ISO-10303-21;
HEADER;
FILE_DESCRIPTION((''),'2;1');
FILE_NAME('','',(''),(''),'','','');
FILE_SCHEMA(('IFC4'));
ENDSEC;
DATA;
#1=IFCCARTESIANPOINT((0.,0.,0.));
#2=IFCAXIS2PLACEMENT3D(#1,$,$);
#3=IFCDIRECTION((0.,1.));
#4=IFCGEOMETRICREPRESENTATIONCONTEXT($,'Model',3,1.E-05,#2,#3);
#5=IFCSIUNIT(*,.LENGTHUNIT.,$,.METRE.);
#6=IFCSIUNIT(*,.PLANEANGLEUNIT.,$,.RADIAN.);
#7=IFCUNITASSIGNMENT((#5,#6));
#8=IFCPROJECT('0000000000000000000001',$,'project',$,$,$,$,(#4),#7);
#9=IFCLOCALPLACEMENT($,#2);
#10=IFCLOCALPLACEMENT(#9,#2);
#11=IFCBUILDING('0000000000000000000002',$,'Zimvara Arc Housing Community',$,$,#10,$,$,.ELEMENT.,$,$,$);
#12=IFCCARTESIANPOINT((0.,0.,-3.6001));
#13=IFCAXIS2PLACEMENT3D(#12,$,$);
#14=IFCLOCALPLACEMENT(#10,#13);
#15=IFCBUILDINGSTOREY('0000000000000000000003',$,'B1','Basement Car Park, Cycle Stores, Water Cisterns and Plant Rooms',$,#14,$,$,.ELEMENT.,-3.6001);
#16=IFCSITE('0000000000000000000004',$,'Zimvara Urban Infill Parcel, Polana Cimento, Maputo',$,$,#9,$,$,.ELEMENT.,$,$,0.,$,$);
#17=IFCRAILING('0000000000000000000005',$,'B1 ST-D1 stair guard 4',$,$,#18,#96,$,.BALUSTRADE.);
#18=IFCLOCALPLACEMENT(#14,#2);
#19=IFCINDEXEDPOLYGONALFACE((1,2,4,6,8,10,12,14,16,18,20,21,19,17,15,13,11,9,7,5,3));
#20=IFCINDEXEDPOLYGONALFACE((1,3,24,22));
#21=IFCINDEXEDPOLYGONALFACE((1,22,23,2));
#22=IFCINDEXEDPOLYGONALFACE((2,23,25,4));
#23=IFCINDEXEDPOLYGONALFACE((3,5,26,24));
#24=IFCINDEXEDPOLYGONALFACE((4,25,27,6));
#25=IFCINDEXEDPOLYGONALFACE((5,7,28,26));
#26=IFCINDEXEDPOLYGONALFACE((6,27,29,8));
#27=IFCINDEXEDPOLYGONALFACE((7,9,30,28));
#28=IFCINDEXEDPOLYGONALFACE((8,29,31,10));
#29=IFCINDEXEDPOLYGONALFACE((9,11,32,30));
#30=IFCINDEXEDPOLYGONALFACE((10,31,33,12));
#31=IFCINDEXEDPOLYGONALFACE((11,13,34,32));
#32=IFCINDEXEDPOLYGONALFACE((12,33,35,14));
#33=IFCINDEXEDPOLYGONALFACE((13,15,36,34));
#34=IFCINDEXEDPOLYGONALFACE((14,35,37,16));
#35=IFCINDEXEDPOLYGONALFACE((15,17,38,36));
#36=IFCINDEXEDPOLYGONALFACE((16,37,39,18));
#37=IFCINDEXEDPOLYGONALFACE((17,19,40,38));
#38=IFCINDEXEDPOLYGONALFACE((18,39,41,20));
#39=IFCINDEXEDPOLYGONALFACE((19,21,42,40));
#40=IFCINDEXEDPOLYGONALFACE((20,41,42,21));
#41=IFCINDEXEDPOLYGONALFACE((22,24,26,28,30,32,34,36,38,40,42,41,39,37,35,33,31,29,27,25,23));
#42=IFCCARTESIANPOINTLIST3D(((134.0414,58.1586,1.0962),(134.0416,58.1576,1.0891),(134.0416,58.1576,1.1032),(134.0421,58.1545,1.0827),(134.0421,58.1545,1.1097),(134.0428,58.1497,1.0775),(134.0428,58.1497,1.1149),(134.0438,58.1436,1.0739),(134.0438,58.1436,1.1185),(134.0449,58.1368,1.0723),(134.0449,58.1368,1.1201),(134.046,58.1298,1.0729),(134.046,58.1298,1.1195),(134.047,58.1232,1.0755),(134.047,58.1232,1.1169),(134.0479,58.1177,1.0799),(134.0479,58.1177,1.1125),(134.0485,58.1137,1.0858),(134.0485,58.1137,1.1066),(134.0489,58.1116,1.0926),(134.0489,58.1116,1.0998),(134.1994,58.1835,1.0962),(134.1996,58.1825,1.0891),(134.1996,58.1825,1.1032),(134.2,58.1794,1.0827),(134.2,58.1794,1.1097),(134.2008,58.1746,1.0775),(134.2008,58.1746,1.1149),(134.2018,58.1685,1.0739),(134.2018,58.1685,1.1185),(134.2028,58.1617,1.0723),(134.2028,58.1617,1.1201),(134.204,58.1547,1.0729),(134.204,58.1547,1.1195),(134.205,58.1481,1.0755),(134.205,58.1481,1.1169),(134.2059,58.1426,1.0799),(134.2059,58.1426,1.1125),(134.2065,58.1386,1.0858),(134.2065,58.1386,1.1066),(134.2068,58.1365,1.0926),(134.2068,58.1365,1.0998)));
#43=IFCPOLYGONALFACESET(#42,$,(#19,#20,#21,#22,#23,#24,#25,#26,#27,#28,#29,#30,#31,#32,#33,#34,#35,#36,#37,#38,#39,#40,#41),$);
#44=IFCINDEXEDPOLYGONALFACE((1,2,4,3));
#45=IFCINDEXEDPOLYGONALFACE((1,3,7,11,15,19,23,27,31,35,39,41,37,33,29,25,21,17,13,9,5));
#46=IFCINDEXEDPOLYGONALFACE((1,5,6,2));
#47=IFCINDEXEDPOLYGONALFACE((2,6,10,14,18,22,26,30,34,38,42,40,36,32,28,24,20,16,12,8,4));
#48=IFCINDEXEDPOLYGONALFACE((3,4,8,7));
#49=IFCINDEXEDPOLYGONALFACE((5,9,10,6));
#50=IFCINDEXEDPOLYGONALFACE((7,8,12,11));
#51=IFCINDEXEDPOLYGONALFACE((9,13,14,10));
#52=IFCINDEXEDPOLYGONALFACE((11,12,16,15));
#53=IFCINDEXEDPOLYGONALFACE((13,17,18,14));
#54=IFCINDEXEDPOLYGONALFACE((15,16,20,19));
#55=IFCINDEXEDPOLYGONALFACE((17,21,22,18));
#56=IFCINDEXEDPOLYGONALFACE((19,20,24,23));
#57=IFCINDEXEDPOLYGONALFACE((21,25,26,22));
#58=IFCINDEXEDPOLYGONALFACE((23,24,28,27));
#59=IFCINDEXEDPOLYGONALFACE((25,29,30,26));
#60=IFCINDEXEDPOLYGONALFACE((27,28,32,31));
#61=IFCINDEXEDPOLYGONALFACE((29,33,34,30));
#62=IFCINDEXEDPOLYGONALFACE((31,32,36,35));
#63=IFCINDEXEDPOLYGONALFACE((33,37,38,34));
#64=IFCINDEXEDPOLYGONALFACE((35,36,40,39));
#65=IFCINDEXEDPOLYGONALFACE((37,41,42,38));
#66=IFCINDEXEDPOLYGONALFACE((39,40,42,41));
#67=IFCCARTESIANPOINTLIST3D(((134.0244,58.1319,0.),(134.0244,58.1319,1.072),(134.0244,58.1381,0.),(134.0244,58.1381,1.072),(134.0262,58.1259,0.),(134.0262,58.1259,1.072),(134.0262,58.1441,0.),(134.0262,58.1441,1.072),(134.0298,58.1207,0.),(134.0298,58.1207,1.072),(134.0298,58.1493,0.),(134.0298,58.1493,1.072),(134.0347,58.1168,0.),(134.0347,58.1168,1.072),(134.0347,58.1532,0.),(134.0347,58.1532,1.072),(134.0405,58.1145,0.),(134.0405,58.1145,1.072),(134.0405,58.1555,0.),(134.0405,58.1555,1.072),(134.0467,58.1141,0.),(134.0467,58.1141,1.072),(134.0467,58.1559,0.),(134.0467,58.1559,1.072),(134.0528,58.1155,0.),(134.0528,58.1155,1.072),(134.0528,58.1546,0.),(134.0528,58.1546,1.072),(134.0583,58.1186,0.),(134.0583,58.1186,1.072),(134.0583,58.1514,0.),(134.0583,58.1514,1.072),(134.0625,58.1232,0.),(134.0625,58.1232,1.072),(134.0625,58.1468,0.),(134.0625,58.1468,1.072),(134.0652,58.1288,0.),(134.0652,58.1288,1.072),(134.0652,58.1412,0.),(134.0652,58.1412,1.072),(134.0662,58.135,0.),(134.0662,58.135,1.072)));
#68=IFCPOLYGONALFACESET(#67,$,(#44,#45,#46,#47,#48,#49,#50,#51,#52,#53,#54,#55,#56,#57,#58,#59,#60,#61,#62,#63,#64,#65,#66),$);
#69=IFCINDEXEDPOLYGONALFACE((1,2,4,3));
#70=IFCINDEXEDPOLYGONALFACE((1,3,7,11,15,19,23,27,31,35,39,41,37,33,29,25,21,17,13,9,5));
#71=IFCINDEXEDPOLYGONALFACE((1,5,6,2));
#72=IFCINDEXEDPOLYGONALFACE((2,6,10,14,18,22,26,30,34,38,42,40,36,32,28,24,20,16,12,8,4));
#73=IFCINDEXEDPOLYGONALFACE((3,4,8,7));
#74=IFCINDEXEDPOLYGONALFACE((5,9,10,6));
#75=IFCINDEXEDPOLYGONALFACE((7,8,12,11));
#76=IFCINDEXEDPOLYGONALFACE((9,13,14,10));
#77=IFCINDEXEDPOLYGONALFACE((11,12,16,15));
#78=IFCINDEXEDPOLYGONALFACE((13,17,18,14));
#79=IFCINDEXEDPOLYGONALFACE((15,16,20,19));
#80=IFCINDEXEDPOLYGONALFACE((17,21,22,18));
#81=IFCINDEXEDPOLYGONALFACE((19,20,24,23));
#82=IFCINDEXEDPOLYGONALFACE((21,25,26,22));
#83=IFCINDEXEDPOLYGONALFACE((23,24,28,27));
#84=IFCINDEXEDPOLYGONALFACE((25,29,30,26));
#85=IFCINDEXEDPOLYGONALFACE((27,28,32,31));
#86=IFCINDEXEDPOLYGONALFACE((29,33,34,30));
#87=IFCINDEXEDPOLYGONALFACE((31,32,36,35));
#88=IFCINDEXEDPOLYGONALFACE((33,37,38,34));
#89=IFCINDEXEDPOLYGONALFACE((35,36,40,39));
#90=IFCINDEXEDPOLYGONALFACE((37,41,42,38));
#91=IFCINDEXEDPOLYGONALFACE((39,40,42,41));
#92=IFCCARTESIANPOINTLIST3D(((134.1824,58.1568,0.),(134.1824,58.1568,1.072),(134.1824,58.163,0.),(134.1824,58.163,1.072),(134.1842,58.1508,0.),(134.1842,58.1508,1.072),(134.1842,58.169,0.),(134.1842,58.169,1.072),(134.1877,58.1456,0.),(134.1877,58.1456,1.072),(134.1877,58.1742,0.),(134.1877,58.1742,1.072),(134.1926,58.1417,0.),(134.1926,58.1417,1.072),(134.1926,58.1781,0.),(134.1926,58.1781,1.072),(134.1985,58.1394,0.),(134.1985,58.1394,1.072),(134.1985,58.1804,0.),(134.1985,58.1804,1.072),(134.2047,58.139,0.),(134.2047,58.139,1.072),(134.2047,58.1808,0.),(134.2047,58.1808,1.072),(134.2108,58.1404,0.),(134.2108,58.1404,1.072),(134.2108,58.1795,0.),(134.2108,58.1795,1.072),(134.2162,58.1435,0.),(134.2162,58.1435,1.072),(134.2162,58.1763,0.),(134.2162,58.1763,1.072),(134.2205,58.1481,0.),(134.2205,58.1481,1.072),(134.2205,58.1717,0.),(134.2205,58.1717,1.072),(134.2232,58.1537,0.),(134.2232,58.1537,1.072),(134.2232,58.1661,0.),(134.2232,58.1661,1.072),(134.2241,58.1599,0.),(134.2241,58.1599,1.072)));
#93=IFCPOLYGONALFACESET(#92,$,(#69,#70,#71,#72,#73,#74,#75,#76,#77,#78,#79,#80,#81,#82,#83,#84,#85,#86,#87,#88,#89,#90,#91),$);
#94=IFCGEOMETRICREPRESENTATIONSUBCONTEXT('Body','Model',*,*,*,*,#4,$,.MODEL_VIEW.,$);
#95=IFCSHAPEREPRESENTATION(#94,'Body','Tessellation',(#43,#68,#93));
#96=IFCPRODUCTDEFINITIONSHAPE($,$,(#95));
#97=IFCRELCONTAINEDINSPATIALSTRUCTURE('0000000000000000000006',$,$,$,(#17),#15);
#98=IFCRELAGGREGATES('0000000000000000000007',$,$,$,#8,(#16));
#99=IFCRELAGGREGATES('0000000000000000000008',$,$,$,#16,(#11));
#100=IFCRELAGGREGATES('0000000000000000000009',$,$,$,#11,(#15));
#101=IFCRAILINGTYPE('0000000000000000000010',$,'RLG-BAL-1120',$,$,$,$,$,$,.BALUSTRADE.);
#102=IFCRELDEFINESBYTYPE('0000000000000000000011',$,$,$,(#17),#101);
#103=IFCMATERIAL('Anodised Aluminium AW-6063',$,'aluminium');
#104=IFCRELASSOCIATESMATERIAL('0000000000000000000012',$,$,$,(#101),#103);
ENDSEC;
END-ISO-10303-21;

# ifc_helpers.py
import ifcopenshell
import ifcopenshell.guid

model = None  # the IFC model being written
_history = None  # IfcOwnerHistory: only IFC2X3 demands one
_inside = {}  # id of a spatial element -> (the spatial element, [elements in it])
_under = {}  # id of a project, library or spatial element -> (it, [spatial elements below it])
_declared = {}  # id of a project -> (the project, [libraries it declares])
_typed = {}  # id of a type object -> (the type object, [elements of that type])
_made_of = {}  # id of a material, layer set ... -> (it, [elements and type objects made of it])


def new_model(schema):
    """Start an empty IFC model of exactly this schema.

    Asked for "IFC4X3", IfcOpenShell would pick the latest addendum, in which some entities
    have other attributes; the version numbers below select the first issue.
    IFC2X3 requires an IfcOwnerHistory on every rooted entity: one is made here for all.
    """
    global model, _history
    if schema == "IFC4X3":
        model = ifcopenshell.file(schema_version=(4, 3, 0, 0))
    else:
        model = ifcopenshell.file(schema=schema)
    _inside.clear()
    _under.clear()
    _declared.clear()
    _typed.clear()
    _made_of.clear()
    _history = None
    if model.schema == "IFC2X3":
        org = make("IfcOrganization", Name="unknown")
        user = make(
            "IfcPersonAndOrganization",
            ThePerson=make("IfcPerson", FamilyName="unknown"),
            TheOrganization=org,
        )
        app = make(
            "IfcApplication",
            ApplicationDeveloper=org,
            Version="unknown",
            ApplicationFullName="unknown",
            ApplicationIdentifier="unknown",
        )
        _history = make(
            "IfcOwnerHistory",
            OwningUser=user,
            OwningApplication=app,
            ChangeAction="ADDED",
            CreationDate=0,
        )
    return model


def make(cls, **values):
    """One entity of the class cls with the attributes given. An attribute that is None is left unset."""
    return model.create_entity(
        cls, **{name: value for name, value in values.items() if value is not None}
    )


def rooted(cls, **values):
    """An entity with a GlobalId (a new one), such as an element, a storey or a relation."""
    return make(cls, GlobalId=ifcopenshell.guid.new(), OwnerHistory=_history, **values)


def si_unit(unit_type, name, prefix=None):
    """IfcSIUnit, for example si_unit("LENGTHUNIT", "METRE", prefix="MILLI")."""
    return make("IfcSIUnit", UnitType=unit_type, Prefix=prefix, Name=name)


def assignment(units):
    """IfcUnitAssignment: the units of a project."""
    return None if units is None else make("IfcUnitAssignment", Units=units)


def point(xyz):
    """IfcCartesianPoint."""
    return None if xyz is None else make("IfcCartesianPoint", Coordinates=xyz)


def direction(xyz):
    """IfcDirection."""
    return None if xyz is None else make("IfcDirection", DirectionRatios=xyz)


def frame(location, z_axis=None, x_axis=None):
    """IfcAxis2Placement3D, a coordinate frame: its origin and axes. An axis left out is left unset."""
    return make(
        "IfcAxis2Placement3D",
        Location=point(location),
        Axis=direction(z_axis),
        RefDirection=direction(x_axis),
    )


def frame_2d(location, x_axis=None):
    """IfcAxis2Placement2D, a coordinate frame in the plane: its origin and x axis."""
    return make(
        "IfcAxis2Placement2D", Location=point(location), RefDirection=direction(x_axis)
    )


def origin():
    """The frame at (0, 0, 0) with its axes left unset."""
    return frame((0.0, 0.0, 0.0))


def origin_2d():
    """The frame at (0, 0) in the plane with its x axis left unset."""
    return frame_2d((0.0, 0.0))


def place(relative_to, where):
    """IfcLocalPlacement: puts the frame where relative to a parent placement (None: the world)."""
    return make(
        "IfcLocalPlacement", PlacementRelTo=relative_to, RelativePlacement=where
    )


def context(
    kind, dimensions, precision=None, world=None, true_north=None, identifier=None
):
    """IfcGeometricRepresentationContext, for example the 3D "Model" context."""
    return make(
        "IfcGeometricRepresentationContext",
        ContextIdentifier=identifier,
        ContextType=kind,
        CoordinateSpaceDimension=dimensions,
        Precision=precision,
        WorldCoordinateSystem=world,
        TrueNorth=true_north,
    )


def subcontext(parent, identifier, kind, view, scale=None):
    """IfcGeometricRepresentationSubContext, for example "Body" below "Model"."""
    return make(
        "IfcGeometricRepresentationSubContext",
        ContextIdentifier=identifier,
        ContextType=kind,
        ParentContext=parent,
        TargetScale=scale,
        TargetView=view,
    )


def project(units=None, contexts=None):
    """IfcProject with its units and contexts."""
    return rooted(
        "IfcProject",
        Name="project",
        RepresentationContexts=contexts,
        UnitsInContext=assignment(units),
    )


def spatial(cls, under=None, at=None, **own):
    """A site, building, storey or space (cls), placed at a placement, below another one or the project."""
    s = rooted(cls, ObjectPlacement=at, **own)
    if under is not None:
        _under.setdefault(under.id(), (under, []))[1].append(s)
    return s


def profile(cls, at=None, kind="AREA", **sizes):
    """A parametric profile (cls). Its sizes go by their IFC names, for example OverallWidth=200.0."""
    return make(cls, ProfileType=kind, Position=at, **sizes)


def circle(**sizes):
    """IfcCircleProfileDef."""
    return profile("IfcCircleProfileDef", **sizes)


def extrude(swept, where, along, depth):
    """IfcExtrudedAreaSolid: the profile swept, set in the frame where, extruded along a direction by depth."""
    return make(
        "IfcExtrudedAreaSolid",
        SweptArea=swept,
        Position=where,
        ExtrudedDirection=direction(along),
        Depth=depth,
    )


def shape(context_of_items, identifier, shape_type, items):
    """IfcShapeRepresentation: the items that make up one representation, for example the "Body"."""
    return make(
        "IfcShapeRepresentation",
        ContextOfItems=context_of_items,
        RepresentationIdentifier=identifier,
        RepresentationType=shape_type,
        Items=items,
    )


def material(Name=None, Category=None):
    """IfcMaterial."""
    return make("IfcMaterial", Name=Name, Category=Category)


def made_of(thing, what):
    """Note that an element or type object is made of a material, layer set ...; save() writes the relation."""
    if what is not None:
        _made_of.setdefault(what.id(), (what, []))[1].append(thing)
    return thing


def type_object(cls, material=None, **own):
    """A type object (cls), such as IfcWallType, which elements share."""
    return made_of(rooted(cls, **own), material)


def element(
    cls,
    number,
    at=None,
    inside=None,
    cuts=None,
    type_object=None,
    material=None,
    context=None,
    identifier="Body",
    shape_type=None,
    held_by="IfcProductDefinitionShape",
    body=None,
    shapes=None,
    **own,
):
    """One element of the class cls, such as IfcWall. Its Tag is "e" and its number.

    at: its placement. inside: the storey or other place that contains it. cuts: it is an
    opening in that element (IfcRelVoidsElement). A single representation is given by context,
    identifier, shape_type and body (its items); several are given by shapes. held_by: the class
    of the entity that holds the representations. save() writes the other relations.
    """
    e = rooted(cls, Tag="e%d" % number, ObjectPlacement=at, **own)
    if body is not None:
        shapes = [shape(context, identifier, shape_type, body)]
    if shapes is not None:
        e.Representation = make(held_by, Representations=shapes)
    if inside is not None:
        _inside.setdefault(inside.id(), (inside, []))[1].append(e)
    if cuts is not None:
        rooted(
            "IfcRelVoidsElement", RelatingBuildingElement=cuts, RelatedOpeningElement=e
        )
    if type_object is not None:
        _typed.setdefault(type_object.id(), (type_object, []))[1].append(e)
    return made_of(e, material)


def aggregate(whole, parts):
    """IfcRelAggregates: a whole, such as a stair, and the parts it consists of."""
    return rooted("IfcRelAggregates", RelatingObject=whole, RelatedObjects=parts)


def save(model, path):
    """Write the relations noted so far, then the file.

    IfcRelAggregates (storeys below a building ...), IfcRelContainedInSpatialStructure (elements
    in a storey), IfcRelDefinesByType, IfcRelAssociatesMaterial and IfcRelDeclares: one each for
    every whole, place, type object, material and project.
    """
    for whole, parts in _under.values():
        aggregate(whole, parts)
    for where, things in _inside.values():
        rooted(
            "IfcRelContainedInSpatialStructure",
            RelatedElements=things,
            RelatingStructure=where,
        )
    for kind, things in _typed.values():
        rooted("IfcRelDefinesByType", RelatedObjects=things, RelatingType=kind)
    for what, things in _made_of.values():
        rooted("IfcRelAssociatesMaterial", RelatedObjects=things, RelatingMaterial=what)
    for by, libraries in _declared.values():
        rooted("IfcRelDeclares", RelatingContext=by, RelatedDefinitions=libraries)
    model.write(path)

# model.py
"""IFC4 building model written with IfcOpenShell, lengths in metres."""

from ifc_helpers import new_model, si_unit, direction, frame, origin, origin_2d, place, context, subcontext, project, spatial, circle, extrude, material, type_object, element, save


model = new_model("IFC4")

# Units and contexts
model_context = context("Model", 3, precision=1e-05, world=origin(), true_north=direction((0.0, 1.0)))
body_context = subcontext(model_context, "Body", "Model", "MODEL_VIEW")
ifc_project = project(units=[si_unit("LENGTHUNIT", "METRE"), si_unit("PLANEANGLEUNIT", "RADIAN")], contexts=[model_context])

# Site, building, storey
site_placement = place(None, origin())
site = spatial("IfcSite", under=ifc_project, at=site_placement, Name="Zimvara Urban Infill Parcel, Polana Cimento, Maputo", CompositionType="ELEMENT", RefElevation=0.0)
building_placement = place(site_placement, origin())
building = spatial("IfcBuilding", under=site, at=building_placement, Name="Zimvara Arc Housing Community", CompositionType="ELEMENT")
storey_placement = place(building_placement, frame((0.0, 0.0, -3.6001)))
storey = spatial("IfcBuildingStorey", under=building, at=storey_placement, Name="B1", Description="Basement Car Park, Cycle Stores, Water Cisterns and Plant Rooms", CompositionType="ELEMENT", Elevation=-3.6001)

# Railing
ifc_material_1 = material(Name="Anodised Aluminium AW-6063", Category="aluminium")
railing_type_1 = type_object("IfcRailingType", Name="RLG-BAL-1120", PredefinedType="BALUSTRADE", material=ifc_material_1)
railing_1_placement = place(storey_placement, frame((134.0452, 58.135, 0.0)))
element("IfcRailing", 1, at=railing_1_placement, inside=storey, type_object=railing_type_1, Name="B1 ST-D1 stair guard 4", PredefinedType="BALUSTRADE", context=body_context, shape_type="SweptSolid", body=[
    extrude(circle(Radius=0.0239, at=origin_2d()), frame((0.0, 0.0, 1.0962), z_axis=(0.9878, 0.155727, 0.0), x_axis=(-0.155727, 0.9878, 0.0)), (0.0, 0.0, 1.0), 0.1599),
    extrude(circle(Radius=0.021, at=origin_2d()), origin(), (0.0, 0.0, 1.0), 1.072),
    extrude(circle(Radius=0.021, at=origin_2d()), frame((0.158, 0.0249, 0.0)), (0.0, 0.0, 1.0), 1.072),
])

save(model, "model.ifc")
